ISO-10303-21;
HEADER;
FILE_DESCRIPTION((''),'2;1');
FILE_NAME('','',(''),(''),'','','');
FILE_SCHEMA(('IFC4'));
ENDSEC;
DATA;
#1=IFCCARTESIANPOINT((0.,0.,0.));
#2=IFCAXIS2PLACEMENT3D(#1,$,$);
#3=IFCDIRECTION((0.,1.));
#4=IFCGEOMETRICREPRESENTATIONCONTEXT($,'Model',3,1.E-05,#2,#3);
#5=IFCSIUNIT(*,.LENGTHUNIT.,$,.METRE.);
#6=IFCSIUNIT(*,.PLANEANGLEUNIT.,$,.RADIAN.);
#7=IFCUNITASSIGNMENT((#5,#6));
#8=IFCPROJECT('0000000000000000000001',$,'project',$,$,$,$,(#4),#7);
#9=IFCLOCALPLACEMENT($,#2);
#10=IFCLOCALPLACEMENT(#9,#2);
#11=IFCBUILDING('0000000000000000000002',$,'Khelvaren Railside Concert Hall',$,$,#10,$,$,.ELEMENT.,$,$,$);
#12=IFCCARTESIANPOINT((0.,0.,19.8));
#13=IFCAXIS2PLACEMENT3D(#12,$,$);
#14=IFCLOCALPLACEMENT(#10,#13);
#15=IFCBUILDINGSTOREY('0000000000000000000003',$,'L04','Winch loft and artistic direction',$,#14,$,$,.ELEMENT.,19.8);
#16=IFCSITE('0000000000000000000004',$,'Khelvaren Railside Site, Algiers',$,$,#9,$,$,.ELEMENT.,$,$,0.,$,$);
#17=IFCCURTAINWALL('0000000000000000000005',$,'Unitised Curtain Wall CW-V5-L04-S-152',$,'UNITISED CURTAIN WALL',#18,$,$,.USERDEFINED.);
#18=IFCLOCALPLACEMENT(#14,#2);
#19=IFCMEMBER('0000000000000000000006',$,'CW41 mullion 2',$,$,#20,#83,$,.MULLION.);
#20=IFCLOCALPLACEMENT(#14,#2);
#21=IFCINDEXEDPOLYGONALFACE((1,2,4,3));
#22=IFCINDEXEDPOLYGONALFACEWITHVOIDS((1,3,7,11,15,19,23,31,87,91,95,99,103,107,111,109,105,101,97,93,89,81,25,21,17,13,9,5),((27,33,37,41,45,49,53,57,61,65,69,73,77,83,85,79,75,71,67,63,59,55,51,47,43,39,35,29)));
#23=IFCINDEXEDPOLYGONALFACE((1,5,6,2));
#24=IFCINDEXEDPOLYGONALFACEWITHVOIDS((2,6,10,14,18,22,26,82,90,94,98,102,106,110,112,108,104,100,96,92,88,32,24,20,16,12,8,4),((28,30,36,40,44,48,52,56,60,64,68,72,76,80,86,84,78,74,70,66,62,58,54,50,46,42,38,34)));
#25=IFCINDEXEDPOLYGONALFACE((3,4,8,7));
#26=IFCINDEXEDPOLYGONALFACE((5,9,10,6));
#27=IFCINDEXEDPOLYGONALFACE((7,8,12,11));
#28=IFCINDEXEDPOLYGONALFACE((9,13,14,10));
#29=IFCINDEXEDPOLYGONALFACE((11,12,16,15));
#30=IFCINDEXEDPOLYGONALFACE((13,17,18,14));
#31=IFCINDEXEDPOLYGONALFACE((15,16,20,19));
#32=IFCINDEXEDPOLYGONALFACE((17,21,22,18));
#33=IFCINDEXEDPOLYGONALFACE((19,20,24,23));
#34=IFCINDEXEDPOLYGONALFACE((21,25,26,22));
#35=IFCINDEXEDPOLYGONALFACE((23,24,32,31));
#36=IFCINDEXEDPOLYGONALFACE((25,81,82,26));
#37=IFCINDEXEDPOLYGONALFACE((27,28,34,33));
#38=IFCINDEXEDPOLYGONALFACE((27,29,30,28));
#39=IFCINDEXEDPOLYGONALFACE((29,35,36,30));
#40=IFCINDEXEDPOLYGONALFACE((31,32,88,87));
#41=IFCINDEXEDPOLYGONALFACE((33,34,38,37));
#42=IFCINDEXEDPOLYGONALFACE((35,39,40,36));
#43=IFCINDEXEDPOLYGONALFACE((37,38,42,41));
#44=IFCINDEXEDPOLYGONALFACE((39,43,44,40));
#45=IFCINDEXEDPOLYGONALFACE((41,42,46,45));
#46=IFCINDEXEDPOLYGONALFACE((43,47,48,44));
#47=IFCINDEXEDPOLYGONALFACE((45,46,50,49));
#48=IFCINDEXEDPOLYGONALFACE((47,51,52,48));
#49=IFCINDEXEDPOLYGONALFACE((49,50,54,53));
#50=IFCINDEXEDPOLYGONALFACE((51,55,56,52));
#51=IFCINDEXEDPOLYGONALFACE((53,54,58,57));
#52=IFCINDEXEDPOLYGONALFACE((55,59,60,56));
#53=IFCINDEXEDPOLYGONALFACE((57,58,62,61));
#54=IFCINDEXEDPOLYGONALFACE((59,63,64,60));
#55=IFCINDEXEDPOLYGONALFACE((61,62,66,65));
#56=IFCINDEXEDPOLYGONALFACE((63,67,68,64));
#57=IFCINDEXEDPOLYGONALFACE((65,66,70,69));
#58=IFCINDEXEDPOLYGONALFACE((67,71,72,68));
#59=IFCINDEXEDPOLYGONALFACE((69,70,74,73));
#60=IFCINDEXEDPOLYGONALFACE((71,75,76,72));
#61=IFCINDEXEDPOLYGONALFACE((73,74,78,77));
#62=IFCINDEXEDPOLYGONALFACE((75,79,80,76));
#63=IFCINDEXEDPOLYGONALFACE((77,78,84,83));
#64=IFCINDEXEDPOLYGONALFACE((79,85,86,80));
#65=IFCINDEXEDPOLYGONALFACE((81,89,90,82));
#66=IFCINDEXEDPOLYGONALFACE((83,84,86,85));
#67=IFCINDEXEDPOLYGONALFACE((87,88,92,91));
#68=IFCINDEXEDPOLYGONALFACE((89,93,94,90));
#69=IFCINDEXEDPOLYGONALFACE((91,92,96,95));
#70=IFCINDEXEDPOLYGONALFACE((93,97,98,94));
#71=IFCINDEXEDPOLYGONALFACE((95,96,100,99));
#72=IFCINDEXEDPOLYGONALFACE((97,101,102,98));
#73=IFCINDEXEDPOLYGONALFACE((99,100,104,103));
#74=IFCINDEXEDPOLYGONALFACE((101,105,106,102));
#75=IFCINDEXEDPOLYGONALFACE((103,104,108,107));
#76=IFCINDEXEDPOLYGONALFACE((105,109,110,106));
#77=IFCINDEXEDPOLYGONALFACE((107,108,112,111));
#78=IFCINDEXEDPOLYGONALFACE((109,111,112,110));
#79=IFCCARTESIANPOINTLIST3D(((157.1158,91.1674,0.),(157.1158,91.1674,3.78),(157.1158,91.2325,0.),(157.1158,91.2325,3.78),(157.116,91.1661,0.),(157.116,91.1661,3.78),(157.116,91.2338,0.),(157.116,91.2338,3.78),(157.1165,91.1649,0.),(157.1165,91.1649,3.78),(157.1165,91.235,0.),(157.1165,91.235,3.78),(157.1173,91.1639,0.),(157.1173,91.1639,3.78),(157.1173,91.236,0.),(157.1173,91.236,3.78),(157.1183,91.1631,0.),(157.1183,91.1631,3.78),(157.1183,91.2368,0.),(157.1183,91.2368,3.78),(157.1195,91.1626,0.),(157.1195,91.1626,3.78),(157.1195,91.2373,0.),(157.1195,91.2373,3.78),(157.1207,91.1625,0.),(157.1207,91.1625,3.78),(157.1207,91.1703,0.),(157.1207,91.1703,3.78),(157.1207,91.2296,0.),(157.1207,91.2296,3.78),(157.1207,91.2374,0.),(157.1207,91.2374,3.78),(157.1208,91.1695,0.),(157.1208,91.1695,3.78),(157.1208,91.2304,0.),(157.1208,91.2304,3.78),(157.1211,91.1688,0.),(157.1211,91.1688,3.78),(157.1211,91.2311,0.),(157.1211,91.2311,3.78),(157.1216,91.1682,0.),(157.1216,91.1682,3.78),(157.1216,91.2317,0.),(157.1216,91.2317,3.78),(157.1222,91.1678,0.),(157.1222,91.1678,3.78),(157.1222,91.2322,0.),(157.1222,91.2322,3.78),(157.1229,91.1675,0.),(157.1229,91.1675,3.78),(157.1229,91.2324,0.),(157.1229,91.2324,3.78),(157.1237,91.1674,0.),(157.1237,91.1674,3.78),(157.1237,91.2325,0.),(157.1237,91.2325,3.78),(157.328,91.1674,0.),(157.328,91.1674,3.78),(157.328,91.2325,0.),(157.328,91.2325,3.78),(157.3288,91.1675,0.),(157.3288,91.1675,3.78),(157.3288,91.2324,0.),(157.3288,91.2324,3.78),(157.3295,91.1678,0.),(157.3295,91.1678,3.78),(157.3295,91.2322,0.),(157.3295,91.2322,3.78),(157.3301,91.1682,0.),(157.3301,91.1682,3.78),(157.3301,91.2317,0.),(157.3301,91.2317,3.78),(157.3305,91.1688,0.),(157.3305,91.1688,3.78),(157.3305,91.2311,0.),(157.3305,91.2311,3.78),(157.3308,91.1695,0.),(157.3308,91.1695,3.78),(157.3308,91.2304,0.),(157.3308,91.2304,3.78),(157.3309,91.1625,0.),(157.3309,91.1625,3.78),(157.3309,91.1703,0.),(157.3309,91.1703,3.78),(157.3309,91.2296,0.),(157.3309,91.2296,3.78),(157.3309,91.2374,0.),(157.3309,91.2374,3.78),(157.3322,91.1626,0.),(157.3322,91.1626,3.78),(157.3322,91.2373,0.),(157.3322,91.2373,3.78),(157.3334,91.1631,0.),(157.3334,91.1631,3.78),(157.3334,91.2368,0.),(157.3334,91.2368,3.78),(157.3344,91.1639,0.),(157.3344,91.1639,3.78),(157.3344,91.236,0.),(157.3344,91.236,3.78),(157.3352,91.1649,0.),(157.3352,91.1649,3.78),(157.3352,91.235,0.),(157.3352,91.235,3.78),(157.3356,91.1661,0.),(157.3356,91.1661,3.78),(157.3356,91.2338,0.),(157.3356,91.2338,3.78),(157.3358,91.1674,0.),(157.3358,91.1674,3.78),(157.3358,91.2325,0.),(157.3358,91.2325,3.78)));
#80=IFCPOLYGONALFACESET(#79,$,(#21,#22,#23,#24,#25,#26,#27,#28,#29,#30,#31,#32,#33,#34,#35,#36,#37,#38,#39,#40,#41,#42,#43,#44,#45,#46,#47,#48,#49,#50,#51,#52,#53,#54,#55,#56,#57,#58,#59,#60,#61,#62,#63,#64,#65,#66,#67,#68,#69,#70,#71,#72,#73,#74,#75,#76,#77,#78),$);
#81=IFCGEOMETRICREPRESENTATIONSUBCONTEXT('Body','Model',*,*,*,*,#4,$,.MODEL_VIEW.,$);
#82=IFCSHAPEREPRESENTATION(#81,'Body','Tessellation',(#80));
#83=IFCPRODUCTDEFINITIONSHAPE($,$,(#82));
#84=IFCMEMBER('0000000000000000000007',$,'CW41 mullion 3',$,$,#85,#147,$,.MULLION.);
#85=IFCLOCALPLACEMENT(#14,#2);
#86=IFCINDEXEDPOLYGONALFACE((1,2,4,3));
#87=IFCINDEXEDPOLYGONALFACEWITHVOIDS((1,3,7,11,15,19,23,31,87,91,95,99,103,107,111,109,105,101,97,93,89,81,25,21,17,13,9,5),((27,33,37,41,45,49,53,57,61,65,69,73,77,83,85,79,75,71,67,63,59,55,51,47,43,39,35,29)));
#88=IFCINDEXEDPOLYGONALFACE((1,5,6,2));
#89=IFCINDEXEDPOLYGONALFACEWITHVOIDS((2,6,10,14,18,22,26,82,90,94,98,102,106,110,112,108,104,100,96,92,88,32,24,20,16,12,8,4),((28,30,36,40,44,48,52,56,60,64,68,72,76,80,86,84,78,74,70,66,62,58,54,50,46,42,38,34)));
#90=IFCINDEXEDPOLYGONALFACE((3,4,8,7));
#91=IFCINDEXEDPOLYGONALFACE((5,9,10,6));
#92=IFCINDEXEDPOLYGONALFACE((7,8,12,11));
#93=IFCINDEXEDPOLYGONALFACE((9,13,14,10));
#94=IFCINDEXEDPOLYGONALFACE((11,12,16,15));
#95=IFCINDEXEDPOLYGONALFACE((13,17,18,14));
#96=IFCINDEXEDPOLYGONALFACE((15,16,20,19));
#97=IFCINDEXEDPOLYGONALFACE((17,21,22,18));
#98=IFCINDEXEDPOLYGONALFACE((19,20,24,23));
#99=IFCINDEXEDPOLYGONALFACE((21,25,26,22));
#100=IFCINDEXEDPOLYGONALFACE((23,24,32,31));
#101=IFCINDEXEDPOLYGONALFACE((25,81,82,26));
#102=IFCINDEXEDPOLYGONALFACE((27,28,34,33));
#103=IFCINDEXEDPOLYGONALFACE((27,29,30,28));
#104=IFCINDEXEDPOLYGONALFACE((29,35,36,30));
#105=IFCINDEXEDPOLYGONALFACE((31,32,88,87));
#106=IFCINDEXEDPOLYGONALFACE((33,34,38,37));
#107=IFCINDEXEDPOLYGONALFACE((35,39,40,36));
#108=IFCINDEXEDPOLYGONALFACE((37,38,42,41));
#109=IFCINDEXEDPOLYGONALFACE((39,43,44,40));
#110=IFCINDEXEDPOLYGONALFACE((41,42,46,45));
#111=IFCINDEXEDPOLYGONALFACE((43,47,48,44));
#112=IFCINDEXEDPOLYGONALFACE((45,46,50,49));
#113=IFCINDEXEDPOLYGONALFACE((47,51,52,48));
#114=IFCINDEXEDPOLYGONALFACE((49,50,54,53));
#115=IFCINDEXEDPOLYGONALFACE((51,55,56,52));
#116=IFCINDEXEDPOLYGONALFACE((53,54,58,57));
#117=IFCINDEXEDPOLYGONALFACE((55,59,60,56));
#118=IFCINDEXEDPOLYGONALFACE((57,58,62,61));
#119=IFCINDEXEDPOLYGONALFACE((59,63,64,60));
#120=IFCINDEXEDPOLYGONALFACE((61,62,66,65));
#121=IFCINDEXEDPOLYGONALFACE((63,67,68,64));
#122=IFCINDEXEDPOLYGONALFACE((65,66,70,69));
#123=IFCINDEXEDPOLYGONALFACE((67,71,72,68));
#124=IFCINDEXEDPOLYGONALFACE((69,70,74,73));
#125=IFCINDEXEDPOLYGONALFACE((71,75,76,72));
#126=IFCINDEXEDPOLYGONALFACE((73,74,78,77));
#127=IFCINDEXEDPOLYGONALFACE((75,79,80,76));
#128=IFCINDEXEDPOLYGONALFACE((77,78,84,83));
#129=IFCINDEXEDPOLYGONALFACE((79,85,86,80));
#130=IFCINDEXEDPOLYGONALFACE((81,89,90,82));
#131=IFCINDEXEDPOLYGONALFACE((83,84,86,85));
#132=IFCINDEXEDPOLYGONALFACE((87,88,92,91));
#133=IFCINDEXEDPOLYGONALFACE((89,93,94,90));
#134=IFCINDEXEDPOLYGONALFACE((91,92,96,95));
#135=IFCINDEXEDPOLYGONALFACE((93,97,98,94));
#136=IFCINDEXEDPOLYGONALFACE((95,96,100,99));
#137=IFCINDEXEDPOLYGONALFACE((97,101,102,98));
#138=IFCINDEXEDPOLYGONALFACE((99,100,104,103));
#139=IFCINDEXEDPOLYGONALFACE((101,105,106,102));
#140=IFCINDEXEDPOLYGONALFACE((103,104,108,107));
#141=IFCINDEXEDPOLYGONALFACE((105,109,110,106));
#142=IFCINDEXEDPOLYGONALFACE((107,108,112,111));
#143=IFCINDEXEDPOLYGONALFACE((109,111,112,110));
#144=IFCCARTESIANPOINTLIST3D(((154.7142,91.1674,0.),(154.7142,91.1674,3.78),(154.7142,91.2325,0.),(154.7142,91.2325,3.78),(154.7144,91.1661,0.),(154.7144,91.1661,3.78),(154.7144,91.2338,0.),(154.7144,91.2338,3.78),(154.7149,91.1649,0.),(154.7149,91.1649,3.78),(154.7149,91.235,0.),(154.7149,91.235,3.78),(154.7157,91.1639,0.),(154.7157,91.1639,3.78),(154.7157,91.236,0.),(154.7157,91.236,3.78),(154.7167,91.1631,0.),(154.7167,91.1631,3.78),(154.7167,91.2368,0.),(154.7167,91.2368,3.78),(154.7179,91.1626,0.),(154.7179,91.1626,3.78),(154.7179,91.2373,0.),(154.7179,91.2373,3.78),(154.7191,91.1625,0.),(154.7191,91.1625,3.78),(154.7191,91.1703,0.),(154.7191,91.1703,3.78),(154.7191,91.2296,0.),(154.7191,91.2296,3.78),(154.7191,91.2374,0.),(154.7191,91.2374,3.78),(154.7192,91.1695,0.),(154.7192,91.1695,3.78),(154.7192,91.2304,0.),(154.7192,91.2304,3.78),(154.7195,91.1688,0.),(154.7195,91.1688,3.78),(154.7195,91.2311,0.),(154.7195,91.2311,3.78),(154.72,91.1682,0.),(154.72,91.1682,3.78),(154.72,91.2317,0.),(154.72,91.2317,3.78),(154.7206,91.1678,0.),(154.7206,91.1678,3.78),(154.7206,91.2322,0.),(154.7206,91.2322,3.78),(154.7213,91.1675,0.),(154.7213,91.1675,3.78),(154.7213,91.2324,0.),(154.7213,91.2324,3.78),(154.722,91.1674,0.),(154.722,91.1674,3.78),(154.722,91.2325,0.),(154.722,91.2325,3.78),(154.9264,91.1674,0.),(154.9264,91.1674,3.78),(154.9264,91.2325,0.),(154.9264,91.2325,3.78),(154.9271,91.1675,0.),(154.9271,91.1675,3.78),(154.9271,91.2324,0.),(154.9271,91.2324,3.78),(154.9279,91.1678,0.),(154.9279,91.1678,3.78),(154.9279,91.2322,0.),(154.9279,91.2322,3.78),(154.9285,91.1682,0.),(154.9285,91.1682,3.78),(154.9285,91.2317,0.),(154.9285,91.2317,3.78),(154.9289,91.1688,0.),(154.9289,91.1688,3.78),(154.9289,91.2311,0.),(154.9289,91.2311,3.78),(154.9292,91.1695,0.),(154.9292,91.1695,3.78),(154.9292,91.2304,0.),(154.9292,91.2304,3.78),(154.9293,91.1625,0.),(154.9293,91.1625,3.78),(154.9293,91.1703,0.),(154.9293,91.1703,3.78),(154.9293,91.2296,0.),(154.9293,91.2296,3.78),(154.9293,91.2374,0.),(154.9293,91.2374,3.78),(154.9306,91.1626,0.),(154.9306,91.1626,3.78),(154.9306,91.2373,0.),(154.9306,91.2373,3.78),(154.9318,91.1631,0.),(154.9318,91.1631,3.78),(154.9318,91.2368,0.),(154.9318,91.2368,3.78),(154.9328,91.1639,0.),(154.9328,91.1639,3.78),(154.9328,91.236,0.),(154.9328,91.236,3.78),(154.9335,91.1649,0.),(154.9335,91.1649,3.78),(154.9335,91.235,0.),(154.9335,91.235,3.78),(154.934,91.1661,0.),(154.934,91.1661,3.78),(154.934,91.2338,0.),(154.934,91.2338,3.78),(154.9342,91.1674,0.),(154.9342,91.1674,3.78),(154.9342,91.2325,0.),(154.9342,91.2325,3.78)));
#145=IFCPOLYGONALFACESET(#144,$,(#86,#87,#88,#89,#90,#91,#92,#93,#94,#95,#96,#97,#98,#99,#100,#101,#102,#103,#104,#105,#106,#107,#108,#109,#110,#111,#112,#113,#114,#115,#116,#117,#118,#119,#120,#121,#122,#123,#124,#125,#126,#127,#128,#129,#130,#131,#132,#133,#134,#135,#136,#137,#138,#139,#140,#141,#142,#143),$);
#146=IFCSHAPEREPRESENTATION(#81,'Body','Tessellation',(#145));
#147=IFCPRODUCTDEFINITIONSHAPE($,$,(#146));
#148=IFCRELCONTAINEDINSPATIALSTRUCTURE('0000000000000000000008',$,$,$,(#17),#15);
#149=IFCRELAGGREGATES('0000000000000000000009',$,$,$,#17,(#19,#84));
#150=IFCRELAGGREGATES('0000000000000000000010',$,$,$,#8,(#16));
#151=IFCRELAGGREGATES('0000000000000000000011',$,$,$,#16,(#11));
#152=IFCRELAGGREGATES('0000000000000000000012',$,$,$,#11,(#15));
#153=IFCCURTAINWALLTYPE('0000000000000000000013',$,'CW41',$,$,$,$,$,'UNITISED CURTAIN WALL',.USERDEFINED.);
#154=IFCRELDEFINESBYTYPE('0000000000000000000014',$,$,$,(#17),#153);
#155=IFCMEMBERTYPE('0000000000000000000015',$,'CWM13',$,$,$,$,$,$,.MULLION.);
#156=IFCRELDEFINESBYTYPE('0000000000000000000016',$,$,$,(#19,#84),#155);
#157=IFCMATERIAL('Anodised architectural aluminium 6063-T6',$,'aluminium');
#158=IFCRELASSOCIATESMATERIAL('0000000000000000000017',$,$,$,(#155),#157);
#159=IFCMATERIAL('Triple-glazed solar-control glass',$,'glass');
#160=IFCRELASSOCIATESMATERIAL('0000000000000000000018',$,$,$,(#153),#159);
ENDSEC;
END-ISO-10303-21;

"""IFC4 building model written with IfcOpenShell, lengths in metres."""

from ifc_helpers import new_model, si_unit, direction, frame, origin, origin_2d, place, context, subcontext, project, spatial, hollow_rectangle, extrude, material, material_profile, profile_set, type_object, element, aggregate, save


model = new_model("IFC4")

# Units and contexts
model_context = context("Model", 3, precision=1e-05, world=origin(), true_north=direction((0.0, 1.0)))
body_context = subcontext(model_context, "Body", "Model", "MODEL_VIEW")
ifc_project = project(units=[si_unit("LENGTHUNIT", "METRE"), si_unit("PLANEANGLEUNIT", "RADIAN")], contexts=[model_context])

# Site, building, storey
site_placement = place(None, origin())
site = spatial("IfcSite", under=ifc_project, at=site_placement, Name="Khelvaren Railside Site, Algiers", CompositionType="ELEMENT", RefElevation=0.0)
building_placement = place(site_placement, origin())
building = spatial("IfcBuilding", under=site, at=building_placement, Name="Khelvaren Railside Concert Hall", CompositionType="ELEMENT")
storey_placement = place(building_placement, frame((0.0, 0.0, 19.8)))
storey = spatial("IfcBuildingStorey", under=building, at=storey_placement, Name="L04", Description="Winch loft and artistic direction", CompositionType="ELEMENT", Elevation=19.8)

# Curtain wall, members
ifc_material_1 = material(Name="Triple-glazed solar-control glass", Category="glass")
ifc_material_2 = material(Name="Anodised architectural aluminium 6063-T6", Category="aluminium")
ifc_material_profile_1 = material_profile(ifc_material_2, hollow_rectangle(XDim=0.075, YDim=0.22, WallThickness=0.0049, InnerFilletRadius=0.0029, OuterFilletRadius=0.0049, at=origin_2d()), Name="CWM 75x220x5")
ifc_profile_set_1 = profile_set([ifc_material_profile_1], Name="Anodised architectural aluminium 6063-T6")
member_type_1 = type_object("IfcMemberType", Name="CWM13", PredefinedType="MULLION", material=ifc_profile_set_1)
curtain_wall_type_1 = type_object("IfcCurtainWallType", Name="CW41", ElementType="UNITISED CURTAIN WALL", PredefinedType="USERDEFINED", material=ifc_material_1)
curtain_wall_1_placement = place(storey_placement, origin())
curtain_wall_1 = element("IfcCurtainWall", 1, at=curtain_wall_1_placement, inside=storey, type_object=curtain_wall_type_1, Name="Unitised Curtain Wall CW-V5-L04-S-152", ObjectType="UNITISED CURTAIN WALL", PredefinedType="USERDEFINED")
member_1_placement = place(storey_placement, frame((157.2258, 91.2, 0.0), z_axis=(0.0, 0.0, 1.0), x_axis=(0.0, -1.0, 0.0)))
member_1 = element("IfcMember", 2, at=member_1_placement, type_object=member_type_1, Name="CW41 mullion 2", PredefinedType="MULLION", context=body_context, shape_type="SweptSolid", body=[
    extrude(hollow_rectangle(XDim=0.075, YDim=0.22, WallThickness=0.0049, InnerFilletRadius=0.0029, OuterFilletRadius=0.0049, at=origin_2d()), origin(), (0.0, 0.0, 1.0), 3.78),
])
member_2_placement = place(storey_placement, frame((154.8242, 91.2, 0.0), z_axis=(0.0, 0.0, 1.0), x_axis=(0.0, -1.0, 0.0)))
member_2 = element("IfcMember", 3, at=member_2_placement, type_object=member_type_1, Name="CW41 mullion 3", PredefinedType="MULLION", context=body_context, shape_type="SweptSolid", body=[
    extrude(hollow_rectangle(XDim=0.075, YDim=0.22, WallThickness=0.0049, InnerFilletRadius=0.0029, OuterFilletRadius=0.0049, at=origin_2d()), origin(), (0.0, 0.0, 1.0), 3.78),
])

aggregate(curtain_wall_1, [member_1, member_2])

save(model, "model.ifc")
